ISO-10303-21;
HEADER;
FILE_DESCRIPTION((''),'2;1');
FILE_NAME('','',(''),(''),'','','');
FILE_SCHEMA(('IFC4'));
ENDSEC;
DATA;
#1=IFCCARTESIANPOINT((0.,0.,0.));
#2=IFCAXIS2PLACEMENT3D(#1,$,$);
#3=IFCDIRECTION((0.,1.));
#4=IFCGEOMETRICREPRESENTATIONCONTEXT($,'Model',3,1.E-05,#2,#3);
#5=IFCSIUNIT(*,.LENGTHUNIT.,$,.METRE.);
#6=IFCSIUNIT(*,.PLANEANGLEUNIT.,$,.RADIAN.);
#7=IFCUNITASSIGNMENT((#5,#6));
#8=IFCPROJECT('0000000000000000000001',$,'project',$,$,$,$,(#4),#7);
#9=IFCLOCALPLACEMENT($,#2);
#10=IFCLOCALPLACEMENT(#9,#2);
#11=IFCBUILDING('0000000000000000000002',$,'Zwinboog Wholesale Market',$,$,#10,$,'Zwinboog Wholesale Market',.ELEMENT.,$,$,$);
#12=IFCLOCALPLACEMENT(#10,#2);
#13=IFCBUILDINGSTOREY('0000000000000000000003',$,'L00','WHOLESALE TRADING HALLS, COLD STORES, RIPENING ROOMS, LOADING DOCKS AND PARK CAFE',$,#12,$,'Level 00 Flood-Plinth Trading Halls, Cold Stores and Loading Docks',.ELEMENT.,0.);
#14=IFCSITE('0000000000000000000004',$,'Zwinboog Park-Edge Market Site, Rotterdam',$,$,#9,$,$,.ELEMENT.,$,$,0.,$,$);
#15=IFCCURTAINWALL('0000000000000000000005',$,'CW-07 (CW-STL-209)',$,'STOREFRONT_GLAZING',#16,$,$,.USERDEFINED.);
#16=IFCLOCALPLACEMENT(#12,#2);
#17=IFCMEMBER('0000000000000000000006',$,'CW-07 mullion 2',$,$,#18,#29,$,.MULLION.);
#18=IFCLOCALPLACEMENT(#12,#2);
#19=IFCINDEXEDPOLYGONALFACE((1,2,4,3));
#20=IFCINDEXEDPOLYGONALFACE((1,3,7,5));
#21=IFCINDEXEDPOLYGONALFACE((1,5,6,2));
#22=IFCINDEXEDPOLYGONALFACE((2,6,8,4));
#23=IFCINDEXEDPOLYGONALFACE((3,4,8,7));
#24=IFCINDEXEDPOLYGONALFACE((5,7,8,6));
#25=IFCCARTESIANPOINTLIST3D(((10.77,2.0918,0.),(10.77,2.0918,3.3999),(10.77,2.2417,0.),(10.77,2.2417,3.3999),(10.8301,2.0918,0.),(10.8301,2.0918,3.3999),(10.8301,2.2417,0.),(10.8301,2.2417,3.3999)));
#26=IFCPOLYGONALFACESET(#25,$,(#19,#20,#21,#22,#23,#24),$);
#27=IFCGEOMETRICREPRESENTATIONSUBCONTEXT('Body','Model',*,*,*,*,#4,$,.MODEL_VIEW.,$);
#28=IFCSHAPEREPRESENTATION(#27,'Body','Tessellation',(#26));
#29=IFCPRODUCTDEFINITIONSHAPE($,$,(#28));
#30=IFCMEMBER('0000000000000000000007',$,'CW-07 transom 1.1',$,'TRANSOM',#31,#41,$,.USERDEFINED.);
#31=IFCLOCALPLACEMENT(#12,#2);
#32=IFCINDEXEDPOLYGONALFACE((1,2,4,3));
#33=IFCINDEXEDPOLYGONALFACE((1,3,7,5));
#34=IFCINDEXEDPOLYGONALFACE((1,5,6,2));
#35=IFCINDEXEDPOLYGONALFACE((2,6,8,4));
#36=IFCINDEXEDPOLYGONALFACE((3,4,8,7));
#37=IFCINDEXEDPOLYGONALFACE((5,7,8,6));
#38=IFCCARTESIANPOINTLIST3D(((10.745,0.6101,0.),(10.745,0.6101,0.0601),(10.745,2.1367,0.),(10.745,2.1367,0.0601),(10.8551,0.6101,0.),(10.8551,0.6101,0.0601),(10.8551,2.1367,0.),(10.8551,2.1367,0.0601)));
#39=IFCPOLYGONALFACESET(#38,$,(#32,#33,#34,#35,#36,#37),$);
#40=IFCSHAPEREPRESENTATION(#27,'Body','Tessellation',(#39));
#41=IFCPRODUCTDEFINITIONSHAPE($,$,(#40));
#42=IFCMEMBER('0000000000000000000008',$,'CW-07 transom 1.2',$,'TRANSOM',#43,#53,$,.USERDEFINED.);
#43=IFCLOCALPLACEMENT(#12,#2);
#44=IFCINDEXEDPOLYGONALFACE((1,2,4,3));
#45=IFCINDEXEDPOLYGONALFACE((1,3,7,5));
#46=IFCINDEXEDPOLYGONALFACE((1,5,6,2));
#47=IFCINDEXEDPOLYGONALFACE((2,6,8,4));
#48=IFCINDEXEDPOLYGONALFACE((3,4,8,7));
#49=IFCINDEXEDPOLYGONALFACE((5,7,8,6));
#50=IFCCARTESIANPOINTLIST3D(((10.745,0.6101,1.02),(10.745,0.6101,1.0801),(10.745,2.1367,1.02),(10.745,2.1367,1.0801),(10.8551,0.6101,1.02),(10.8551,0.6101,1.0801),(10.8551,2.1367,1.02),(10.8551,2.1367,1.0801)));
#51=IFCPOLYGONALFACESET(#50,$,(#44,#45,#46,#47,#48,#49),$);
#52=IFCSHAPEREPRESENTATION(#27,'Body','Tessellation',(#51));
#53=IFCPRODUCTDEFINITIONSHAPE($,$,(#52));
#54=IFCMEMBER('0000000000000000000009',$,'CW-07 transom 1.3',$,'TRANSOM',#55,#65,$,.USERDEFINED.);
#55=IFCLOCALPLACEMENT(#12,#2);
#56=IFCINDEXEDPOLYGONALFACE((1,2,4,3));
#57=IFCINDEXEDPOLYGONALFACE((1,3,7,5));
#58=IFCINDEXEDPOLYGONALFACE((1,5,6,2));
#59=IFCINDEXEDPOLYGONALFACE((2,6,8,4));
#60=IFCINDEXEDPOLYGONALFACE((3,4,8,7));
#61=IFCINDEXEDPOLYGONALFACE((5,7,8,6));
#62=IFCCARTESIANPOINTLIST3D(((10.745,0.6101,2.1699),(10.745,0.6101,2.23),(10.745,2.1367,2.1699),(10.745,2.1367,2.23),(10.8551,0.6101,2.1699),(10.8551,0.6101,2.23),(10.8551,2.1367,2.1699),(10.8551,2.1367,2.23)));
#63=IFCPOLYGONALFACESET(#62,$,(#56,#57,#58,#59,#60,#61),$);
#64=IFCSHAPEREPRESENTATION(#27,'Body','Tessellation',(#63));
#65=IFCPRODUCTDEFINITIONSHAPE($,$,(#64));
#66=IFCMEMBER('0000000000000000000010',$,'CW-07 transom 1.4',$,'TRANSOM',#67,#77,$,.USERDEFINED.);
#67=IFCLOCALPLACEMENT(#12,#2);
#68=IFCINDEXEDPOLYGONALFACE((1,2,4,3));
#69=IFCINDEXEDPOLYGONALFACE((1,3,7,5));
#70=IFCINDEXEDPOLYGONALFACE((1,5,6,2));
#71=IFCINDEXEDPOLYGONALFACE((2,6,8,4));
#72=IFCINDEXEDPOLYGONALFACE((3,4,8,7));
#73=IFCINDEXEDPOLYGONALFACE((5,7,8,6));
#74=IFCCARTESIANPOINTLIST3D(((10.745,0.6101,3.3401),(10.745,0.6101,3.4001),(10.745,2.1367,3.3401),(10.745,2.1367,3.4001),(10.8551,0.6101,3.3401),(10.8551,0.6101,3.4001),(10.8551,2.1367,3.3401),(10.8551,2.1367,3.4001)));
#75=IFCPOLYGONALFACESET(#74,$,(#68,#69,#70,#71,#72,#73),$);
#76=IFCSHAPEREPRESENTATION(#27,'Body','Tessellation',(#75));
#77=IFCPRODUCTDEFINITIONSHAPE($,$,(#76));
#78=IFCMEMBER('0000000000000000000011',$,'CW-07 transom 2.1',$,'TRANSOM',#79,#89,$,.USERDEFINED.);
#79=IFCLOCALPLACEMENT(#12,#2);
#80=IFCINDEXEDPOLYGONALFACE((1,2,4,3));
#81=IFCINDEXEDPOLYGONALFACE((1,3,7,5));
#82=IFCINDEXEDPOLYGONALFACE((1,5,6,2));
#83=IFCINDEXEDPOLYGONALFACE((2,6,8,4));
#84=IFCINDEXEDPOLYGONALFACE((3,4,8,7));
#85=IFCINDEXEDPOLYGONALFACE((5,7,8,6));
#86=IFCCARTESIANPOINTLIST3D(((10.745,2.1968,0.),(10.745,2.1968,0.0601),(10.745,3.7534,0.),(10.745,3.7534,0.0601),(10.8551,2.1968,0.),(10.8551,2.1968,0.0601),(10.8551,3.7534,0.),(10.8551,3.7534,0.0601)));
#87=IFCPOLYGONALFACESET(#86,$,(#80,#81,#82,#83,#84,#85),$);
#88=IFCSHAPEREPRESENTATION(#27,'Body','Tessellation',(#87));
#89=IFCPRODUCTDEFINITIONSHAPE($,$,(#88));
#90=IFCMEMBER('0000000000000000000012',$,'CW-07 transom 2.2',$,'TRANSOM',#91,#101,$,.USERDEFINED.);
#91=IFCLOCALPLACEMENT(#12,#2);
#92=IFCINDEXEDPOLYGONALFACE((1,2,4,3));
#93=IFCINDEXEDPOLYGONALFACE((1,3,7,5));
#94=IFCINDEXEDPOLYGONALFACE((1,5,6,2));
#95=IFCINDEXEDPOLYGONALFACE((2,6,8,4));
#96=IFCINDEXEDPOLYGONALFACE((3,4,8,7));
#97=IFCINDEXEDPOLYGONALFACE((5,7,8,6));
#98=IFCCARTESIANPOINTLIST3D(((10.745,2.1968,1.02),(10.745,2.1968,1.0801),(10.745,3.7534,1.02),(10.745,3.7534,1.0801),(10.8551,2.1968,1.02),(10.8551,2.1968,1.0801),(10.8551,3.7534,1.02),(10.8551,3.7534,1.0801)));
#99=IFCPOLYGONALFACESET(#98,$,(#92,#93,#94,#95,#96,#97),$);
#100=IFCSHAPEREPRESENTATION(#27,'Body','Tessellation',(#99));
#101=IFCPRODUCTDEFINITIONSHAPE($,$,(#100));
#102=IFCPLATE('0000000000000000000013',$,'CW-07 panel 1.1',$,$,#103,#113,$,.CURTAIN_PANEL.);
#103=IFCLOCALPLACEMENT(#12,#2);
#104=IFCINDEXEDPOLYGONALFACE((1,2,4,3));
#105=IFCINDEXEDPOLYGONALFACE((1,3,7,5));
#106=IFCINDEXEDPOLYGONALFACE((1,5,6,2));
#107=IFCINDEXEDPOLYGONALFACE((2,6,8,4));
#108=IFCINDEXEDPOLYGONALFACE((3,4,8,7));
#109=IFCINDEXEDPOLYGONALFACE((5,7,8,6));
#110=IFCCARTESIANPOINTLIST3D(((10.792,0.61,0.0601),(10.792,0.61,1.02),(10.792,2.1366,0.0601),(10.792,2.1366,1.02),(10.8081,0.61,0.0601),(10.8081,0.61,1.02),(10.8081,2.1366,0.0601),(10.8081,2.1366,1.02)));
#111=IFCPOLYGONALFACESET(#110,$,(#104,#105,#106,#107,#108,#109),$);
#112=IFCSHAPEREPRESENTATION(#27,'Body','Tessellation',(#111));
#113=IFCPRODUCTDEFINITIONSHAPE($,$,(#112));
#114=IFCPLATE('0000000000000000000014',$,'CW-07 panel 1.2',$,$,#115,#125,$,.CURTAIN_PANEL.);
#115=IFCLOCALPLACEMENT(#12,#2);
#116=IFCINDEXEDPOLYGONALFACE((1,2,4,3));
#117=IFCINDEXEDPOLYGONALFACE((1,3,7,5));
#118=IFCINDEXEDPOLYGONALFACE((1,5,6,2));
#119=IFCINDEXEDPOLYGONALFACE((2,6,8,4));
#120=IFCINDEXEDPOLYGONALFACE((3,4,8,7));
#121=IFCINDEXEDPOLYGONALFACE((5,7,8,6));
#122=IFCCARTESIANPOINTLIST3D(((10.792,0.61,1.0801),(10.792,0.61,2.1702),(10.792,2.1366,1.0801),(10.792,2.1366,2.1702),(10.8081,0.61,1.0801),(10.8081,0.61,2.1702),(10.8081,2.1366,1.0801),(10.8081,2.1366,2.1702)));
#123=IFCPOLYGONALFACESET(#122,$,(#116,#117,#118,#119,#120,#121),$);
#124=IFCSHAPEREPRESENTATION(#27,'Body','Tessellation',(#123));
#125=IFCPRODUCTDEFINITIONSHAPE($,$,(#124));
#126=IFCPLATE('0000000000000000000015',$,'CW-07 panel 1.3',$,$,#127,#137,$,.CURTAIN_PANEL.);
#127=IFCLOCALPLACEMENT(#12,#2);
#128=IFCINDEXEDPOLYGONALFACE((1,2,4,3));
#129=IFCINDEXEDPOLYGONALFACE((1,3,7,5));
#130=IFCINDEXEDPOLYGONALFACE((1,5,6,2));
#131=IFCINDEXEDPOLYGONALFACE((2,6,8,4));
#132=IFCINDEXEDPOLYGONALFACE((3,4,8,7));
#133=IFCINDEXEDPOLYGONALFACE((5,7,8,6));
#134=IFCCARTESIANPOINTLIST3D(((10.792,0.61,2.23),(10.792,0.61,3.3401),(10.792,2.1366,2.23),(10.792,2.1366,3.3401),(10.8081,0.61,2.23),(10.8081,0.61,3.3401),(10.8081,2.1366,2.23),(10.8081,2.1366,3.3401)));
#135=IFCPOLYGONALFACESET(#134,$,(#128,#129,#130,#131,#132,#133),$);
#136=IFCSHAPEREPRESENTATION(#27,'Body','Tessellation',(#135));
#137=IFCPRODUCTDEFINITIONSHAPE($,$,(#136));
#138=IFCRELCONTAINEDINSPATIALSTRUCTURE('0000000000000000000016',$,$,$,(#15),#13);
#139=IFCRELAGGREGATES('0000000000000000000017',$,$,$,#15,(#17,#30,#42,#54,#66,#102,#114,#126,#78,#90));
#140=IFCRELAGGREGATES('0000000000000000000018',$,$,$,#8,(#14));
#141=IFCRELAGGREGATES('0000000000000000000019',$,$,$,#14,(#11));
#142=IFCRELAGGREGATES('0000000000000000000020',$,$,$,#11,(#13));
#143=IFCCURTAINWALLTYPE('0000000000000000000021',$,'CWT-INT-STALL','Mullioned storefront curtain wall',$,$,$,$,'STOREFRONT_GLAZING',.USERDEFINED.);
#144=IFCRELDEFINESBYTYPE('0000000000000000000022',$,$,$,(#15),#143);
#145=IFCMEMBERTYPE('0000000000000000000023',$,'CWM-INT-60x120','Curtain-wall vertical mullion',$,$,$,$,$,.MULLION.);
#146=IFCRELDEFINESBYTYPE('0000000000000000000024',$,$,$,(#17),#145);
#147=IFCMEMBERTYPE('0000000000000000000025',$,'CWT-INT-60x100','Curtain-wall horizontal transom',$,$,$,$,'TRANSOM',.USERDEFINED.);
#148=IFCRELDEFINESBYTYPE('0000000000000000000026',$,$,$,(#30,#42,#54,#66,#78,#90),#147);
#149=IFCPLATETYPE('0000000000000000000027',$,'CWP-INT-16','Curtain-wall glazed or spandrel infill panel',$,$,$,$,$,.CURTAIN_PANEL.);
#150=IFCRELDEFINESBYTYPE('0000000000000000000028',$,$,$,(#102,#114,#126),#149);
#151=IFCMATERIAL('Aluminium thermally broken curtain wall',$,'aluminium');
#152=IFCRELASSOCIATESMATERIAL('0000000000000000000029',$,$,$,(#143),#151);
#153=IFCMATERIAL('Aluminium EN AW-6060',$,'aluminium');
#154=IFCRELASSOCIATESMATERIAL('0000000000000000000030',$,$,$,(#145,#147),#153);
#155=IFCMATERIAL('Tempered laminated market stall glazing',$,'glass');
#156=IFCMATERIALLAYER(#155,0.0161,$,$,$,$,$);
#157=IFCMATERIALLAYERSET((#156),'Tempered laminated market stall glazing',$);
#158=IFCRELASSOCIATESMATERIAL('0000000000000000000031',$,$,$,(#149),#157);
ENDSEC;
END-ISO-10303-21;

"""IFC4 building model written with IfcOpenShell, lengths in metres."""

from ifc_helpers import new_model, si_unit, direction, frame, origin, origin_2d, place, context, subcontext, project, spatial, rectangle, extrude, material, layer, layer_set, material_profile, profile_set, type_object, element, aggregate, save


model = new_model("IFC4")

# Units and contexts
model_context = context("Model", 3, precision=1e-05, world=origin(), true_north=direction((0.0, 1.0)))
body_context = subcontext(model_context, "Body", "Model", "MODEL_VIEW")
ifc_project = project(units=[si_unit("LENGTHUNIT", "METRE"), si_unit("PLANEANGLEUNIT", "RADIAN")], contexts=[model_context])

# Site, building, storey
site_placement = place(None, origin())
site = spatial("IfcSite", under=ifc_project, at=site_placement, Name="Zwinboog Park-Edge Market Site, Rotterdam", CompositionType="ELEMENT", RefElevation=0.0)
building_placement = place(site_placement, origin())
building = spatial("IfcBuilding", under=site, at=building_placement, Name="Zwinboog Wholesale Market", LongName="Zwinboog Wholesale Market", CompositionType="ELEMENT")
storey_placement = place(building_placement, origin())
storey = spatial("IfcBuildingStorey", under=building, at=storey_placement, Name="L00", Description="WHOLESALE TRADING HALLS, COLD STORES, RIPENING ROOMS, LOADING DOCKS AND PARK CAFE", LongName="Level 00 Flood-Plinth Trading Halls, Cold Stores and Loading Docks", CompositionType="ELEMENT", Elevation=0.0)

# Curtain wall, members, plates
ifc_material_1 = material(Name="Aluminium thermally broken curtain wall", Category="aluminium")
curtain_wall_type = type_object("IfcCurtainWallType", Name="CWT-INT-STALL", Description="Mullioned storefront curtain wall", ElementType="STOREFRONT_GLAZING", PredefinedType="USERDEFINED", material=ifc_material_1)
curtain_wall_placement = place(storey_placement, origin())
curtain_wall = element("IfcCurtainWall", 1, at=curtain_wall_placement, inside=storey, type_object=curtain_wall_type, Name="CW-07 (CW-STL-209)", ObjectType="STOREFRONT_GLAZING", PredefinedType="USERDEFINED")
ifc_material_2 = material(Name="Aluminium EN AW-6060", Category="aluminium")
ifc_material_profile_1 = material_profile(ifc_material_2, rectangle(XDim=0.0601, YDim=0.1499, at=origin_2d()), Name="AL 60x150")
ifc_profile_set_1 = profile_set([ifc_material_profile_1], Name="Aluminium EN AW-6060")
member_type_1 = type_object("IfcMemberType", Name="CWM-INT-60x120", Description="Curtain-wall vertical mullion", PredefinedType="MULLION", material=ifc_profile_set_1)
member_1_placement = place(storey_placement, frame((10.8, 2.1667, 0.0), z_axis=(0.0, 0.0, 1.0), x_axis=(-1.0, 0.0, 0.0)))
member_1 = element("IfcMember", 2, at=member_1_placement, type_object=member_type_1, Name="CW-07 mullion 2", PredefinedType="MULLION", context=body_context, shape_type="SweptSolid", body=[
    extrude(rectangle(XDim=0.0601, YDim=0.1499, at=origin_2d()), origin(), (0.0, 0.0, 1.0), 3.3999),
])
ifc_material_profile_2 = material_profile(ifc_material_2, rectangle(XDim=0.1101, YDim=0.0601, at=origin_2d()), Name="AL 60x110")
ifc_profile_set_2 = profile_set([ifc_material_profile_2], Name="Aluminium EN AW-6060")
member_type_2 = type_object("IfcMemberType", Name="CWT-INT-60x100", Description="Curtain-wall horizontal transom", ElementType="TRANSOM", PredefinedType="USERDEFINED", material=ifc_profile_set_2)
member_2_placement = place(storey_placement, frame((10.8, 0.6101, 0.03), z_axis=(0.0, 1.0, 0.0), x_axis=(-1.0, 0.0, 0.0)))
member_2 = element("IfcMember", 3, at=member_2_placement, type_object=member_type_2, Name="CW-07 transom 1.1", ObjectType="TRANSOM", PredefinedType="USERDEFINED", context=body_context, shape_type="SweptSolid", body=[
    extrude(rectangle(XDim=0.1101, YDim=0.0601, at=origin_2d()), origin(), (0.0, 0.0, 1.0), 1.5266),
])
member_3_placement = place(storey_placement, frame((10.8, 0.6101, 1.05), z_axis=(0.0, 1.0, 0.0), x_axis=(-1.0, 0.0, 0.0)))
member_3 = element("IfcMember", 4, at=member_3_placement, type_object=member_type_2, Name="CW-07 transom 1.2", ObjectType="TRANSOM", PredefinedType="USERDEFINED", context=body_context, shape_type="SweptSolid", body=[
    extrude(rectangle(XDim=0.1101, YDim=0.0601, at=origin_2d()), origin(), (0.0, 0.0, 1.0), 1.5266),
])
member_4_placement = place(storey_placement, frame((10.8, 0.6101, 2.2), z_axis=(0.0, 1.0, 0.0), x_axis=(-1.0, 0.0, 0.0)))
member_4 = element("IfcMember", 5, at=member_4_placement, type_object=member_type_2, Name="CW-07 transom 1.3", ObjectType="TRANSOM", PredefinedType="USERDEFINED", context=body_context, shape_type="SweptSolid", body=[
    extrude(rectangle(XDim=0.1101, YDim=0.0601, at=origin_2d()), origin(), (0.0, 0.0, 1.0), 1.5266),
])
member_5_placement = place(storey_placement, frame((10.8, 0.6101, 3.3701), z_axis=(0.0, 1.0, 0.0), x_axis=(-1.0, 0.0, 0.0)))
member_5 = element("IfcMember", 6, at=member_5_placement, type_object=member_type_2, Name="CW-07 transom 1.4", ObjectType="TRANSOM", PredefinedType="USERDEFINED", context=body_context, shape_type="SweptSolid", body=[
    extrude(rectangle(XDim=0.1101, YDim=0.0601, at=origin_2d()), origin(), (0.0, 0.0, 1.0), 1.5266),
])
member_6_placement = place(storey_placement, frame((10.8, 2.1968, 0.03), z_axis=(0.0, 1.0, 0.0), x_axis=(-1.0, 0.0, 0.0)))
member_6 = element("IfcMember", 7, at=member_6_placement, type_object=member_type_2, Name="CW-07 transom 2.1", ObjectType="TRANSOM", PredefinedType="USERDEFINED", context=body_context, shape_type="SweptSolid", body=[
    extrude(rectangle(XDim=0.1101, YDim=0.0601, at=origin_2d()), origin(), (0.0, 0.0, 1.0), 1.5566),
])
member_7_placement = place(storey_placement, frame((10.8, 2.1968, 1.05), z_axis=(0.0, 1.0, 0.0), x_axis=(-1.0, 0.0, 0.0)))
member_7 = element("IfcMember", 8, at=member_7_placement, type_object=member_type_2, Name="CW-07 transom 2.2", ObjectType="TRANSOM", PredefinedType="USERDEFINED", context=body_context, shape_type="SweptSolid", body=[
    extrude(rectangle(XDim=0.1101, YDim=0.0601, at=origin_2d()), origin(), (0.0, 0.0, 1.0), 1.5566),
])
ifc_material_3 = material(Name="Tempered laminated market stall glazing", Category="glass")
ifc_layer_1 = layer(ifc_material_3, 0.0161)
ifc_layer_set_1 = layer_set([ifc_layer_1], Name="Tempered laminated market stall glazing")
plate_type = type_object("IfcPlateType", Name="CWP-INT-16", Description="Curtain-wall glazed or spandrel infill panel", PredefinedType="CURTAIN_PANEL", material=ifc_layer_set_1)
plate_1_placement = place(storey_placement, frame((10.8, 1.3733, 0.0601), z_axis=(0.0, 0.0, 1.0), x_axis=(0.0, 1.0, 0.0)))
plate_1 = element("IfcPlate", 9, at=plate_1_placement, type_object=plate_type, Name="CW-07 panel 1.1", PredefinedType="CURTAIN_PANEL", context=body_context, shape_type="SweptSolid", body=[
    extrude(rectangle(XDim=1.5266, YDim=0.0161, at=origin_2d()), origin(), (0.0, 0.0, 1.0), 0.96),
])
plate_2_placement = place(storey_placement, frame((10.8, 1.3733, 1.0801), z_axis=(0.0, 0.0, 1.0), x_axis=(0.0, 1.0, 0.0)))
plate_2 = element("IfcPlate", 10, at=plate_2_placement, type_object=plate_type, Name="CW-07 panel 1.2", PredefinedType="CURTAIN_PANEL", context=body_context, shape_type="SweptSolid", body=[
    extrude(rectangle(XDim=1.5266, YDim=0.0161, at=origin_2d()), origin(), (0.0, 0.0, 1.0), 1.0901),
])
plate_3_placement = place(storey_placement, frame((10.8, 1.3733, 2.23), z_axis=(0.0, 0.0, 1.0), x_axis=(0.0, 1.0, 0.0)))
plate_3 = element("IfcPlate", 11, at=plate_3_placement, type_object=plate_type, Name="CW-07 panel 1.3", PredefinedType="CURTAIN_PANEL", context=body_context, shape_type="SweptSolid", body=[
    extrude(rectangle(XDim=1.5266, YDim=0.0161, at=origin_2d()), origin(), (0.0, 0.0, 1.0), 1.1101),
])
aggregate(curtain_wall, [member_1, member_2, member_3, member_4, member_5, plate_1, plate_2, plate_3, member_6, member_7])

save(model, "model.ifc")
